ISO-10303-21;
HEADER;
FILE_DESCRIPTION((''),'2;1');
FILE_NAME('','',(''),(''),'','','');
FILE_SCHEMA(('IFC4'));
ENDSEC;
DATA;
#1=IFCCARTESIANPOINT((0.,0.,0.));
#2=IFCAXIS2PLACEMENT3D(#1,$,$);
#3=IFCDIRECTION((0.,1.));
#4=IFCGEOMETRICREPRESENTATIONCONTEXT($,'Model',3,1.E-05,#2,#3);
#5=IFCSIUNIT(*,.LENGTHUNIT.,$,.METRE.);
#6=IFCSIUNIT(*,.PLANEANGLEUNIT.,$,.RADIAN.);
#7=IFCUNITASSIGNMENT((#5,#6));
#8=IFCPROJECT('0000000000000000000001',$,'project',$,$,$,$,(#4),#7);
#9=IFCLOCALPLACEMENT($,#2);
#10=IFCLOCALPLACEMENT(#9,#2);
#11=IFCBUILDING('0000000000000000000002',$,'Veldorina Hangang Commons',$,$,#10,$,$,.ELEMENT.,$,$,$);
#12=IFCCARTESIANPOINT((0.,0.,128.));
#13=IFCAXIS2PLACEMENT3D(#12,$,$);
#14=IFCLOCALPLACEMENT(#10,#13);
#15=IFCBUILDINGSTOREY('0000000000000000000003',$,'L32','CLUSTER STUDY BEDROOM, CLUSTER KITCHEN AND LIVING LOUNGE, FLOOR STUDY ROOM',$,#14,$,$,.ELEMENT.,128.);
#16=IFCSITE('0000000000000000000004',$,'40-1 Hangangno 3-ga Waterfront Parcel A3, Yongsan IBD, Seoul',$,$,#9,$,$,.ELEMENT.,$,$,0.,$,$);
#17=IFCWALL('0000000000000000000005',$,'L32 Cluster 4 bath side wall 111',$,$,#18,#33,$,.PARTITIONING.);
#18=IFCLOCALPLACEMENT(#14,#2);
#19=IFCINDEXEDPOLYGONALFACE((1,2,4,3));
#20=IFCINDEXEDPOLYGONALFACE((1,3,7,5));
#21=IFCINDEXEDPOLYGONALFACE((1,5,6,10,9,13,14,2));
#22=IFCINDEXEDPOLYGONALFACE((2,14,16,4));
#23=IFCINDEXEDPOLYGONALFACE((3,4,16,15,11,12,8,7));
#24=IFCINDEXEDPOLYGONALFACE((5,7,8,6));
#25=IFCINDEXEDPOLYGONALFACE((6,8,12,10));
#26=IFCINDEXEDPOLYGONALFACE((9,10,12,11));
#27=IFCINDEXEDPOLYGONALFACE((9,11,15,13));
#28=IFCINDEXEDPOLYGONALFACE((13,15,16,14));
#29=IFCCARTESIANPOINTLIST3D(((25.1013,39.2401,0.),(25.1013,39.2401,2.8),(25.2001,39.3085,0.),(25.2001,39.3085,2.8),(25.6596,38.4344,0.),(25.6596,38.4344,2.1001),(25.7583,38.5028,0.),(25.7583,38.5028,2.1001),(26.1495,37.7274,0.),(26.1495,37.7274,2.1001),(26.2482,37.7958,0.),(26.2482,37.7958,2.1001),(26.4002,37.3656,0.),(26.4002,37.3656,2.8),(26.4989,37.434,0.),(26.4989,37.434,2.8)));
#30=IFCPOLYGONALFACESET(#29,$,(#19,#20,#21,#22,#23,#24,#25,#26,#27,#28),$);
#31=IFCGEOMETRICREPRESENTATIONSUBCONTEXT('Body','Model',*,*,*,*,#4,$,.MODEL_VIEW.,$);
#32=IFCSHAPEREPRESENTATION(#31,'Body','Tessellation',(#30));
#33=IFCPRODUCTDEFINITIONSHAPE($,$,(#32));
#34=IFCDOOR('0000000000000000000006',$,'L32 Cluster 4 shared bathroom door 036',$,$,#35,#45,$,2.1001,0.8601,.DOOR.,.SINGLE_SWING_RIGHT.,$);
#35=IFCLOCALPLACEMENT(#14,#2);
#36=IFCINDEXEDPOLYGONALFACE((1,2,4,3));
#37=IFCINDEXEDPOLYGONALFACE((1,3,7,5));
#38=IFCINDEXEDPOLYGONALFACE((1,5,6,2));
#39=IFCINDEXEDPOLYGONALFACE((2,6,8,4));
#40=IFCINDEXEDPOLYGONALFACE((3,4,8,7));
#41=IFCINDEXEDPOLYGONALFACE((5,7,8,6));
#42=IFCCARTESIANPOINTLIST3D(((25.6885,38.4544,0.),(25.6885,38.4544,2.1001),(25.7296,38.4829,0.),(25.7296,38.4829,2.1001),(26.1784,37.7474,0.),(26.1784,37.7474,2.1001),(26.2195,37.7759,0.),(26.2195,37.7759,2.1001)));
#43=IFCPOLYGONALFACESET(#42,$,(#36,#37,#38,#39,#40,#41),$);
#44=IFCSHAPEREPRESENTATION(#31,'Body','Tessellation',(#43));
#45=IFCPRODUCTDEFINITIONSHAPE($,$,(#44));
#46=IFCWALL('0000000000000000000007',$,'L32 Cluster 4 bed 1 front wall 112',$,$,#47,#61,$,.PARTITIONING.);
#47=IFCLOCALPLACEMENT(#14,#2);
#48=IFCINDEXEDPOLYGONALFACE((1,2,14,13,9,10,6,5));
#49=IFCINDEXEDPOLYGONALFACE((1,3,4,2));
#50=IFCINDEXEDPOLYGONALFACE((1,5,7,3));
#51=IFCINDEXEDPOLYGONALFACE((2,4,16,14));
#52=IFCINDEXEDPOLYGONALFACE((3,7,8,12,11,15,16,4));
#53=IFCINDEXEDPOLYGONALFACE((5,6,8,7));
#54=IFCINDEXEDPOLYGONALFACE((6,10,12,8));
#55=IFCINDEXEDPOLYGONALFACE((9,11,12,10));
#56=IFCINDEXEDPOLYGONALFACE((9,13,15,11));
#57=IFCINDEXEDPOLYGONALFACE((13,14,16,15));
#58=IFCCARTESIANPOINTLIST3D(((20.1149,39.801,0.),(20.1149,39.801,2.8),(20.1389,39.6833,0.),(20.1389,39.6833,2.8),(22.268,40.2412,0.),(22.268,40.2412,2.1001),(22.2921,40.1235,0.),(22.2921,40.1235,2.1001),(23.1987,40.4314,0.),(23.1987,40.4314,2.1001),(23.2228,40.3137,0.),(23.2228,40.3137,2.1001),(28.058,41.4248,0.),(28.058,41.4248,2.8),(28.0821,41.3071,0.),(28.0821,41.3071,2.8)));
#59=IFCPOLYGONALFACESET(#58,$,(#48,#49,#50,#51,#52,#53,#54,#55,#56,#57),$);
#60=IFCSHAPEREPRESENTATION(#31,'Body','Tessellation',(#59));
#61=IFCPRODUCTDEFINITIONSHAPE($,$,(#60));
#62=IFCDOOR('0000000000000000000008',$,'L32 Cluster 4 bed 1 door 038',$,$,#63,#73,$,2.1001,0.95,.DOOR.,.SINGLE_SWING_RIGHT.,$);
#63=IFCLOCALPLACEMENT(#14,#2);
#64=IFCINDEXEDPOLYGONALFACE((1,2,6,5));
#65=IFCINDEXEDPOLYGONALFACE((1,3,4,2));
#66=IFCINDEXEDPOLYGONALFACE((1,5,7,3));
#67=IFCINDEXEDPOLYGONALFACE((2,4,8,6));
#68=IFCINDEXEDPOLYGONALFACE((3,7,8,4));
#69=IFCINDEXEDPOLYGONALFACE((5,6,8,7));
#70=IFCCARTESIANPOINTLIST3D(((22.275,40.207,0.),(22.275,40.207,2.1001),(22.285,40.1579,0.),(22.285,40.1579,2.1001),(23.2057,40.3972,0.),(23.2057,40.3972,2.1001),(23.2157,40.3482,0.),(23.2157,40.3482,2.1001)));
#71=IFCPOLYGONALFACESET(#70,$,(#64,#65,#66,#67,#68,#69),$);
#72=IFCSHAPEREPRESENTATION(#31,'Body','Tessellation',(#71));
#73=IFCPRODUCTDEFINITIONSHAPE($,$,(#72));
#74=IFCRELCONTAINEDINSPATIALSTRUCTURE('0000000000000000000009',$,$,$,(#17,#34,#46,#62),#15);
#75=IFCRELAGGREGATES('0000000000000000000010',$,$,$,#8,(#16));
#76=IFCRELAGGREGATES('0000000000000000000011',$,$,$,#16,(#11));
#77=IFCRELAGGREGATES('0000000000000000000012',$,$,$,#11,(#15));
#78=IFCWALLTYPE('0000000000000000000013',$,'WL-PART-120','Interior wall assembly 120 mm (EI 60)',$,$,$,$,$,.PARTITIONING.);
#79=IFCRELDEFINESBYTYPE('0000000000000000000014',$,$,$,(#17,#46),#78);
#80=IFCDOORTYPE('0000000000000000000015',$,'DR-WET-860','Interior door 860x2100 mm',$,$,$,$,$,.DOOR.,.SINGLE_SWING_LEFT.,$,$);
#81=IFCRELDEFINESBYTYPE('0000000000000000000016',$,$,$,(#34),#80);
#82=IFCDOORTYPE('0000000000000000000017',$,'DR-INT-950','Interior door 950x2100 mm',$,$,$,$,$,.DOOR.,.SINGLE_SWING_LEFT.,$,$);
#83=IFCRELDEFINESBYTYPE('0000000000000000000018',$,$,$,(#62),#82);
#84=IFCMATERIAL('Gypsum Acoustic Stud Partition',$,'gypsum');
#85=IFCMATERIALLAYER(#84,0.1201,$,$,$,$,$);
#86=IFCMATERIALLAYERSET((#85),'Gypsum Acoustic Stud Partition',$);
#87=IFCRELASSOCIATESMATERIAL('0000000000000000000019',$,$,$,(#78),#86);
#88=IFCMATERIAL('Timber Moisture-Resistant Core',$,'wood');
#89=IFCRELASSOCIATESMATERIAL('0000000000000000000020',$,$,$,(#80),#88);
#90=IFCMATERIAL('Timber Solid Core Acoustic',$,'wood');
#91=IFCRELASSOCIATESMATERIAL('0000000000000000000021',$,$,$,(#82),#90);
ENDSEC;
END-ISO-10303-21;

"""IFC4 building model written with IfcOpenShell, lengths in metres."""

from ifc_helpers import new_model, si_unit, direction, frame, frame_2d, origin, place, context, subcontext, project, spatial, rectangle, extrude, material, layer, layer_set, type_object, element, fill, save


model = new_model("IFC4")

# Units and contexts
model_context = context("Model", 3, precision=1e-05, world=origin(), true_north=direction((0.0, 1.0)))
body_context = subcontext(model_context, "Body", "Model", "MODEL_VIEW")
ifc_project = project(units=[si_unit("LENGTHUNIT", "METRE"), si_unit("PLANEANGLEUNIT", "RADIAN")], contexts=[model_context])

# Site, building, storey
site_placement = place(None, origin())
site = spatial("IfcSite", under=ifc_project, at=site_placement, Name="40-1 Hangangno 3-ga Waterfront Parcel A3, Yongsan IBD, Seoul", CompositionType="ELEMENT", RefElevation=0.0)
building_placement = place(site_placement, origin())
building = spatial("IfcBuilding", under=site, at=building_placement, Name="Veldorina Hangang Commons", CompositionType="ELEMENT")
storey_placement = place(building_placement, frame((0.0, 0.0, 128.0)))
storey = spatial("IfcBuildingStorey", under=building, at=storey_placement, Name="L32", Description="CLUSTER STUDY BEDROOM, CLUSTER KITCHEN AND LIVING LOUNGE, FLOOR STUDY ROOM", CompositionType="ELEMENT", Elevation=128.0)

# Shared definitions
ifc_material_1 = material(Name="Gypsum Acoustic Stud Partition", Category="gypsum")
ifc_layer_1 = layer(ifc_material_1, 0.1201)
ifc_layer_set_1 = layer_set([ifc_layer_1], Name="Gypsum Acoustic Stud Partition")
wall_type_1 = type_object("IfcWallType", Name="WL-PART-120", Description="Interior wall assembly 120 mm (EI 60)", PredefinedType="PARTITIONING", material=ifc_layer_set_1)

# Walls, openings, doors
wall_1_placement = place(storey_placement, frame((26.4495, 37.3999, 0.0), z_axis=(0.0, 0.0, 1.0), x_axis=(-0.569533, 0.821969, 0.0)))
wall_1 = element("IfcWall", 1, at=wall_1_placement, inside=storey, type_object=wall_type_1, Name="L32 Cluster 4 bath side wall 111", PredefinedType="PARTITIONING", context=body_context, shape_type="SweptSolid", body=[
    extrude(rectangle(XDim=2.2805, YDim=0.1201, at=frame_2d((1.1401, 0.0))), origin(), (0.0, 0.0, 1.0), 2.8),
])
opening_1_placement = place(wall_1_placement, frame((0.4399, 0.0, 0.0)))
opening_1 = element("IfcOpeningElement", 2, at=opening_1_placement, cuts=wall_1, PredefinedType="OPENING", context=body_context, shape_type="SweptSolid", body=[
    extrude(rectangle(XDim=0.8601, YDim=2.1001, at=frame_2d((0.4302, 1.05))), frame((0.0, 0.0701, 0.0), z_axis=(0.0, -1.0, 0.0), x_axis=(1.0, 0.0, 0.0)), (0.0, 0.0, 1.0), 0.1401),
])
ifc_material_2 = material(Name="Timber Moisture-Resistant Core", Category="wood")
door_type_1 = type_object("IfcDoorType", Name="DR-WET-860", Description="Interior door 860x2100 mm", OperationType="SINGLE_SWING_LEFT", PredefinedType="DOOR", material=ifc_material_2)
door_1_placement = place(opening_1_placement, origin())
door_1 = element("IfcDoor", 3, at=door_1_placement, inside=storey, type_object=door_type_1, Name="L32 Cluster 4 shared bathroom door 036", OperationType="SINGLE_SWING_RIGHT", OverallHeight=2.1001, OverallWidth=0.8601, PredefinedType="DOOR", context=body_context, shape_type="SweptSolid", body=[
    extrude(rectangle(XDim=0.8601, YDim=2.1001, at=frame_2d((0.4302, 1.05))), frame((0.0, 0.0249, 0.0), z_axis=(0.0, -1.0, 0.0), x_axis=(1.0, 0.0, 0.0)), (0.0, 0.0, 1.0), 0.05),
])
fill(opening_1, door_1)
wall_2_placement = place(storey_placement, frame((28.0701, 41.366, 0.0), z_axis=(0.0, 0.0, 1.0), x_axis=(-0.979738, -0.200284, 0.0)))
wall_2 = element("IfcWall", 4, at=wall_2_placement, inside=storey, type_object=wall_type_1, Name="L32 Cluster 4 bed 1 front wall 112", PredefinedType="PARTITIONING", context=body_context, shape_type="SweptSolid", body=[
    extrude(rectangle(XDim=8.1074, YDim=0.1201, at=frame_2d((4.0537, 0.0))), origin(), (0.0, 0.0, 1.0), 2.8),
])
opening_2_placement = place(wall_2_placement, frame((4.9597, 0.0, 0.0)))
opening_2 = element("IfcOpeningElement", 5, at=opening_2_placement, cuts=wall_2, PredefinedType="OPENING", context=body_context, shape_type="SweptSolid", body=[
    extrude(rectangle(XDim=0.95, YDim=2.1001, at=frame_2d((0.4751, 1.05))), frame((0.0, 0.0701, 0.0), z_axis=(0.0, -1.0, 0.0), x_axis=(1.0, 0.0, 0.0)), (0.0, 0.0, 1.0), 0.1401),
])
ifc_material_3 = material(Name="Timber Solid Core Acoustic", Category="wood")
door_type_2 = type_object("IfcDoorType", Name="DR-INT-950", Description="Interior door 950x2100 mm", OperationType="SINGLE_SWING_LEFT", PredefinedType="DOOR", material=ifc_material_3)
door_2_placement = place(opening_2_placement, origin())
door_2 = element("IfcDoor", 6, at=door_2_placement, inside=storey, type_object=door_type_2, Name="L32 Cluster 4 bed 1 door 038", OperationType="SINGLE_SWING_RIGHT", OverallHeight=2.1001, OverallWidth=0.95, PredefinedType="DOOR", context=body_context, shape_type="SweptSolid", body=[
    extrude(rectangle(XDim=0.95, YDim=2.1001, at=frame_2d((0.4751, 1.05))), frame((0.0, 0.0249, 0.0), z_axis=(0.0, -1.0, 0.0), x_axis=(1.0, 0.0, 0.0)), (0.0, 0.0, 1.0), 0.05),
])
fill(opening_2, door_2)

save(model, "model.ifc")
